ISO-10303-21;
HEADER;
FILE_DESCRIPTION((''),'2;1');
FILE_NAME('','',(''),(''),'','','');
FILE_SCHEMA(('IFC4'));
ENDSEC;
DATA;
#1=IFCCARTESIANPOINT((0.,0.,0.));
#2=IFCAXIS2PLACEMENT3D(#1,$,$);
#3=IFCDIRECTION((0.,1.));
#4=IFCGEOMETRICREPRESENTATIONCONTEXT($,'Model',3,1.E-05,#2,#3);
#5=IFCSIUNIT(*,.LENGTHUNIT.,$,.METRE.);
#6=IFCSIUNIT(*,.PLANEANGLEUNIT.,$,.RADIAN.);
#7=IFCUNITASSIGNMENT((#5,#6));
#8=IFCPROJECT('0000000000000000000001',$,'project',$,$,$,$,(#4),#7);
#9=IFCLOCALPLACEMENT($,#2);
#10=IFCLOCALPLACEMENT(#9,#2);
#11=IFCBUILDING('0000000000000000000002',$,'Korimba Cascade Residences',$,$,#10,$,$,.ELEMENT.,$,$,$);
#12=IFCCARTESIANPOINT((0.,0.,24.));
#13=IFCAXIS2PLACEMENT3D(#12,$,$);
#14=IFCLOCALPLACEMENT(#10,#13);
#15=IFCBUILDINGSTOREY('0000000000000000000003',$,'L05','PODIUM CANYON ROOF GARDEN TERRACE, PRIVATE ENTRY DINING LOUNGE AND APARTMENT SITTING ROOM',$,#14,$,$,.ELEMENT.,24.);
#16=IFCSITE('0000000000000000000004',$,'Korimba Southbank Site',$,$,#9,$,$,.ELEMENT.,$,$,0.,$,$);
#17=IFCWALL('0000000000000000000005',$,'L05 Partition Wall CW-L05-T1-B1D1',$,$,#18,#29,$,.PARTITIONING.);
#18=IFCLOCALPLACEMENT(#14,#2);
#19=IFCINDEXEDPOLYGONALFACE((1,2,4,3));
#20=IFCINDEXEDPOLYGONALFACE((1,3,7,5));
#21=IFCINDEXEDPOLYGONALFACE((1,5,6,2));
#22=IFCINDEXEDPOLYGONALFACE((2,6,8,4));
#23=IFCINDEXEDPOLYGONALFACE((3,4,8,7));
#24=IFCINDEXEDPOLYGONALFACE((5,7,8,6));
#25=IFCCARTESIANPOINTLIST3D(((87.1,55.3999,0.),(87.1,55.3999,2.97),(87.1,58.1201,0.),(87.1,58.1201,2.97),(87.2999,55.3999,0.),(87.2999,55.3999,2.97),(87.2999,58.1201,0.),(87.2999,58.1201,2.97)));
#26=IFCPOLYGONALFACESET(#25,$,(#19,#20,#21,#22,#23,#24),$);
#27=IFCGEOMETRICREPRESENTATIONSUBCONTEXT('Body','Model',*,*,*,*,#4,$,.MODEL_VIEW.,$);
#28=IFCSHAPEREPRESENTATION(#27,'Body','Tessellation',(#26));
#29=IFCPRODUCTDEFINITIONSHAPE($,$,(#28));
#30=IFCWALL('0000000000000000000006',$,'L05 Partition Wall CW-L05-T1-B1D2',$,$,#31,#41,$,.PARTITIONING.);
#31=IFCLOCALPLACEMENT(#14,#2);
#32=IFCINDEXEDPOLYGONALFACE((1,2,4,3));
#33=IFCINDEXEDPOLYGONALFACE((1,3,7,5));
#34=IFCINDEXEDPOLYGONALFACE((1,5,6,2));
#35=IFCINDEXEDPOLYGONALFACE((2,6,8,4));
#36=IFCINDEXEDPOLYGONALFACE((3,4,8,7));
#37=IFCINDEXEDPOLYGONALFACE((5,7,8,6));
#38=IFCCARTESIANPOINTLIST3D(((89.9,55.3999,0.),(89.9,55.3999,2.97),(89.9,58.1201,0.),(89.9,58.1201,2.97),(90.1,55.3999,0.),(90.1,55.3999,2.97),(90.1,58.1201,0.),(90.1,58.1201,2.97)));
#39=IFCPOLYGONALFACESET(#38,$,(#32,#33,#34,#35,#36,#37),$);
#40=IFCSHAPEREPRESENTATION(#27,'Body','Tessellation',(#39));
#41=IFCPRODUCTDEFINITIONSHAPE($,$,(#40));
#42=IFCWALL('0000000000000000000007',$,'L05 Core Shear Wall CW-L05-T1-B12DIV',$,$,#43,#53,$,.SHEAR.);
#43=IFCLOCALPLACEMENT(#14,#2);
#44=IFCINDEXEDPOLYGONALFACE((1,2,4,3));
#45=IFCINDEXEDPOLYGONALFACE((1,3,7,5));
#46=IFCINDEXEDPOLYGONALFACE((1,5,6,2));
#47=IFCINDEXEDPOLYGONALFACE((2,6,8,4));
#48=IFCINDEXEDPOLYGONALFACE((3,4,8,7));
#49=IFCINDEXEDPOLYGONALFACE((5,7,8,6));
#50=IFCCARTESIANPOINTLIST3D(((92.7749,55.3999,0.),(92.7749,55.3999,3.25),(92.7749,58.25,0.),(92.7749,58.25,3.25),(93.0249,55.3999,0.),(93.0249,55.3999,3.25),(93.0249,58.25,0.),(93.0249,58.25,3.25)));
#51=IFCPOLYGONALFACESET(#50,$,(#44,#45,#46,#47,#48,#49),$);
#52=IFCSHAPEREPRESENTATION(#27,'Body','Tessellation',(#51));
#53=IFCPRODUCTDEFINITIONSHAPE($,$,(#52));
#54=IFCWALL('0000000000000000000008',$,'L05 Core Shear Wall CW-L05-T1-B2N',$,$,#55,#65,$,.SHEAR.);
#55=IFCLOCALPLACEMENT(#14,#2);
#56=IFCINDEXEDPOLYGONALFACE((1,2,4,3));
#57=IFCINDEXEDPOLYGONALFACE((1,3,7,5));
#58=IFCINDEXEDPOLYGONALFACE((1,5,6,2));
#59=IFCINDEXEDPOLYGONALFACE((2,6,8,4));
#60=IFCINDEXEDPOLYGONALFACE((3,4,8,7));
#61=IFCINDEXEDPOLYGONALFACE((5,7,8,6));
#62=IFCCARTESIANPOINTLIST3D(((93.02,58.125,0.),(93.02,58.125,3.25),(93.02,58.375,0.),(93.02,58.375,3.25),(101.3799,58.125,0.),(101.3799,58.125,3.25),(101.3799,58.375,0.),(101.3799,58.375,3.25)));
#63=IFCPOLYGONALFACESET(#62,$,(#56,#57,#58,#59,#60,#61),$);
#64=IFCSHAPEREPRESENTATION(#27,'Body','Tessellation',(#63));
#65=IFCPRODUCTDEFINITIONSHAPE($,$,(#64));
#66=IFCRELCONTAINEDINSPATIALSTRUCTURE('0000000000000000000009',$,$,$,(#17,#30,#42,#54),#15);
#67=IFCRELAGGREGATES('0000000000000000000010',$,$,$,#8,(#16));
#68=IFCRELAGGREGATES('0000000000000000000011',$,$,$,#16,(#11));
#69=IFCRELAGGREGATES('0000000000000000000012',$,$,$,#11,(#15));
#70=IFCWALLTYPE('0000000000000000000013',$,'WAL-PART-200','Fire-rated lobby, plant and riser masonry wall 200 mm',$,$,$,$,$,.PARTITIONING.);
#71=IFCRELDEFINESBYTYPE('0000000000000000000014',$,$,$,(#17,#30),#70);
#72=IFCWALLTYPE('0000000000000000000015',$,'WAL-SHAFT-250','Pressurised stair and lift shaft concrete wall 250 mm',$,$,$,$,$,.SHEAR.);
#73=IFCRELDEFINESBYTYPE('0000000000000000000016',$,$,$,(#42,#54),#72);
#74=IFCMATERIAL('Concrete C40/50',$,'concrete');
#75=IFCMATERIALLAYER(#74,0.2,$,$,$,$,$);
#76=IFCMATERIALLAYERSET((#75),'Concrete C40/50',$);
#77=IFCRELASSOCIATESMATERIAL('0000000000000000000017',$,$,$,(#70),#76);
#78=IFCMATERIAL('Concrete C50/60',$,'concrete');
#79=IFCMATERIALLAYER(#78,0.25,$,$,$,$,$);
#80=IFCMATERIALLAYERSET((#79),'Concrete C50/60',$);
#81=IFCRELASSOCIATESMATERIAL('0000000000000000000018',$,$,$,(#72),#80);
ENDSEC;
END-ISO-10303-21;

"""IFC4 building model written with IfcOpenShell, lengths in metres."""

from ifc_helpers import new_model, si_unit, direction, frame, frame_2d, origin, place, context, subcontext, project, spatial, rectangle, extrude, material, layer, layer_set, type_object, element, save


model = new_model("IFC4")

# Units and contexts
model_context = context("Model", 3, precision=1e-05, world=origin(), true_north=direction((0.0, 1.0)))
body_context = subcontext(model_context, "Body", "Model", "MODEL_VIEW")
ifc_project = project(units=[si_unit("LENGTHUNIT", "METRE"), si_unit("PLANEANGLEUNIT", "RADIAN")], contexts=[model_context])

# Site, building, storey
site_placement = place(None, origin())
site = spatial("IfcSite", under=ifc_project, at=site_placement, Name="Korimba Southbank Site", CompositionType="ELEMENT", RefElevation=0.0)
building_placement = place(site_placement, origin())
building = spatial("IfcBuilding", under=site, at=building_placement, Name="Korimba Cascade Residences", CompositionType="ELEMENT")
storey_placement = place(building_placement, frame((0.0, 0.0, 24.0)))
storey = spatial("IfcBuildingStorey", under=building, at=storey_placement, Name="L05", Description="PODIUM CANYON ROOF GARDEN TERRACE, PRIVATE ENTRY DINING LOUNGE AND APARTMENT SITTING ROOM", CompositionType="ELEMENT", Elevation=24.0)

# Shared definitions
ifc_material_1 = material(Name="Concrete C50/60", Category="concrete")

# Walls
ifc_material_2 = material(Name="Concrete C40/50", Category="concrete")
ifc_layer_1 = layer(ifc_material_2, 0.2)
ifc_layer_set_1 = layer_set([ifc_layer_1], Name="Concrete C40/50")
wall_type_1 = type_object("IfcWallType", Name="WAL-PART-200", Description="Fire-rated lobby, plant and riser masonry wall 200 mm", PredefinedType="PARTITIONING", material=ifc_layer_set_1)
for number, where, z_axis, x_axis, name in (
    (1, (87.2, 55.3999, 0.0), (0.0, 0.0, 1.0), (0.0, 1.0, 0.0), "L05 Partition Wall CW-L05-T1-B1D1"),
    (2, (90.0, 55.3999, 0.0), (0.0, 0.0, 1.0), (0.0, 1.0, 0.0), "L05 Partition Wall CW-L05-T1-B1D2"),
):
    element("IfcWall", number, at=place(storey_placement, frame(where, z_axis=z_axis, x_axis=x_axis)), inside=storey, type_object=wall_type_1, Name=name, PredefinedType="PARTITIONING", context=body_context, shape_type="SweptSolid", body=[
        extrude(rectangle(XDim=2.7202, YDim=0.2, at=frame_2d((1.3601, 0.0))), origin(), (0.0, 0.0, 1.0), 2.97),
    ])
ifc_layer_2 = layer(ifc_material_1, 0.25)
ifc_layer_set_2 = layer_set([ifc_layer_2], Name="Concrete C50/60")
wall_type_2 = type_object("IfcWallType", Name="WAL-SHAFT-250", Description="Pressurised stair and lift shaft concrete wall 250 mm", PredefinedType="SHEAR", material=ifc_layer_set_2)
wall_1_placement = place(storey_placement, frame((92.8999, 55.3999, 0.0), z_axis=(0.0, 0.0, 1.0), x_axis=(0.0, 1.0, 0.0)))
element("IfcWall", 3, at=wall_1_placement, inside=storey, type_object=wall_type_2, Name="L05 Core Shear Wall CW-L05-T1-B12DIV", PredefinedType="SHEAR", context=body_context, shape_type="SweptSolid", body=[
    extrude(rectangle(XDim=2.8501, YDim=0.25, at=frame_2d((1.425, 0.0))), origin(), (0.0, 0.0, 1.0), 3.25),
])
wall_2_placement = place(storey_placement, frame((93.02, 58.25, 0.0), z_axis=(0.0, 0.0, 1.0), x_axis=(1.0, 0.0, 0.0)))
element("IfcWall", 4, at=wall_2_placement, inside=storey, type_object=wall_type_2, Name="L05 Core Shear Wall CW-L05-T1-B2N", PredefinedType="SHEAR", context=body_context, shape_type="SweptSolid", body=[
    extrude(rectangle(XDim=8.3599, YDim=0.25, at=frame_2d((4.1799, 0.0))), origin(), (0.0, 0.0, 1.0), 3.25),
])

save(model, "model.ifc")
